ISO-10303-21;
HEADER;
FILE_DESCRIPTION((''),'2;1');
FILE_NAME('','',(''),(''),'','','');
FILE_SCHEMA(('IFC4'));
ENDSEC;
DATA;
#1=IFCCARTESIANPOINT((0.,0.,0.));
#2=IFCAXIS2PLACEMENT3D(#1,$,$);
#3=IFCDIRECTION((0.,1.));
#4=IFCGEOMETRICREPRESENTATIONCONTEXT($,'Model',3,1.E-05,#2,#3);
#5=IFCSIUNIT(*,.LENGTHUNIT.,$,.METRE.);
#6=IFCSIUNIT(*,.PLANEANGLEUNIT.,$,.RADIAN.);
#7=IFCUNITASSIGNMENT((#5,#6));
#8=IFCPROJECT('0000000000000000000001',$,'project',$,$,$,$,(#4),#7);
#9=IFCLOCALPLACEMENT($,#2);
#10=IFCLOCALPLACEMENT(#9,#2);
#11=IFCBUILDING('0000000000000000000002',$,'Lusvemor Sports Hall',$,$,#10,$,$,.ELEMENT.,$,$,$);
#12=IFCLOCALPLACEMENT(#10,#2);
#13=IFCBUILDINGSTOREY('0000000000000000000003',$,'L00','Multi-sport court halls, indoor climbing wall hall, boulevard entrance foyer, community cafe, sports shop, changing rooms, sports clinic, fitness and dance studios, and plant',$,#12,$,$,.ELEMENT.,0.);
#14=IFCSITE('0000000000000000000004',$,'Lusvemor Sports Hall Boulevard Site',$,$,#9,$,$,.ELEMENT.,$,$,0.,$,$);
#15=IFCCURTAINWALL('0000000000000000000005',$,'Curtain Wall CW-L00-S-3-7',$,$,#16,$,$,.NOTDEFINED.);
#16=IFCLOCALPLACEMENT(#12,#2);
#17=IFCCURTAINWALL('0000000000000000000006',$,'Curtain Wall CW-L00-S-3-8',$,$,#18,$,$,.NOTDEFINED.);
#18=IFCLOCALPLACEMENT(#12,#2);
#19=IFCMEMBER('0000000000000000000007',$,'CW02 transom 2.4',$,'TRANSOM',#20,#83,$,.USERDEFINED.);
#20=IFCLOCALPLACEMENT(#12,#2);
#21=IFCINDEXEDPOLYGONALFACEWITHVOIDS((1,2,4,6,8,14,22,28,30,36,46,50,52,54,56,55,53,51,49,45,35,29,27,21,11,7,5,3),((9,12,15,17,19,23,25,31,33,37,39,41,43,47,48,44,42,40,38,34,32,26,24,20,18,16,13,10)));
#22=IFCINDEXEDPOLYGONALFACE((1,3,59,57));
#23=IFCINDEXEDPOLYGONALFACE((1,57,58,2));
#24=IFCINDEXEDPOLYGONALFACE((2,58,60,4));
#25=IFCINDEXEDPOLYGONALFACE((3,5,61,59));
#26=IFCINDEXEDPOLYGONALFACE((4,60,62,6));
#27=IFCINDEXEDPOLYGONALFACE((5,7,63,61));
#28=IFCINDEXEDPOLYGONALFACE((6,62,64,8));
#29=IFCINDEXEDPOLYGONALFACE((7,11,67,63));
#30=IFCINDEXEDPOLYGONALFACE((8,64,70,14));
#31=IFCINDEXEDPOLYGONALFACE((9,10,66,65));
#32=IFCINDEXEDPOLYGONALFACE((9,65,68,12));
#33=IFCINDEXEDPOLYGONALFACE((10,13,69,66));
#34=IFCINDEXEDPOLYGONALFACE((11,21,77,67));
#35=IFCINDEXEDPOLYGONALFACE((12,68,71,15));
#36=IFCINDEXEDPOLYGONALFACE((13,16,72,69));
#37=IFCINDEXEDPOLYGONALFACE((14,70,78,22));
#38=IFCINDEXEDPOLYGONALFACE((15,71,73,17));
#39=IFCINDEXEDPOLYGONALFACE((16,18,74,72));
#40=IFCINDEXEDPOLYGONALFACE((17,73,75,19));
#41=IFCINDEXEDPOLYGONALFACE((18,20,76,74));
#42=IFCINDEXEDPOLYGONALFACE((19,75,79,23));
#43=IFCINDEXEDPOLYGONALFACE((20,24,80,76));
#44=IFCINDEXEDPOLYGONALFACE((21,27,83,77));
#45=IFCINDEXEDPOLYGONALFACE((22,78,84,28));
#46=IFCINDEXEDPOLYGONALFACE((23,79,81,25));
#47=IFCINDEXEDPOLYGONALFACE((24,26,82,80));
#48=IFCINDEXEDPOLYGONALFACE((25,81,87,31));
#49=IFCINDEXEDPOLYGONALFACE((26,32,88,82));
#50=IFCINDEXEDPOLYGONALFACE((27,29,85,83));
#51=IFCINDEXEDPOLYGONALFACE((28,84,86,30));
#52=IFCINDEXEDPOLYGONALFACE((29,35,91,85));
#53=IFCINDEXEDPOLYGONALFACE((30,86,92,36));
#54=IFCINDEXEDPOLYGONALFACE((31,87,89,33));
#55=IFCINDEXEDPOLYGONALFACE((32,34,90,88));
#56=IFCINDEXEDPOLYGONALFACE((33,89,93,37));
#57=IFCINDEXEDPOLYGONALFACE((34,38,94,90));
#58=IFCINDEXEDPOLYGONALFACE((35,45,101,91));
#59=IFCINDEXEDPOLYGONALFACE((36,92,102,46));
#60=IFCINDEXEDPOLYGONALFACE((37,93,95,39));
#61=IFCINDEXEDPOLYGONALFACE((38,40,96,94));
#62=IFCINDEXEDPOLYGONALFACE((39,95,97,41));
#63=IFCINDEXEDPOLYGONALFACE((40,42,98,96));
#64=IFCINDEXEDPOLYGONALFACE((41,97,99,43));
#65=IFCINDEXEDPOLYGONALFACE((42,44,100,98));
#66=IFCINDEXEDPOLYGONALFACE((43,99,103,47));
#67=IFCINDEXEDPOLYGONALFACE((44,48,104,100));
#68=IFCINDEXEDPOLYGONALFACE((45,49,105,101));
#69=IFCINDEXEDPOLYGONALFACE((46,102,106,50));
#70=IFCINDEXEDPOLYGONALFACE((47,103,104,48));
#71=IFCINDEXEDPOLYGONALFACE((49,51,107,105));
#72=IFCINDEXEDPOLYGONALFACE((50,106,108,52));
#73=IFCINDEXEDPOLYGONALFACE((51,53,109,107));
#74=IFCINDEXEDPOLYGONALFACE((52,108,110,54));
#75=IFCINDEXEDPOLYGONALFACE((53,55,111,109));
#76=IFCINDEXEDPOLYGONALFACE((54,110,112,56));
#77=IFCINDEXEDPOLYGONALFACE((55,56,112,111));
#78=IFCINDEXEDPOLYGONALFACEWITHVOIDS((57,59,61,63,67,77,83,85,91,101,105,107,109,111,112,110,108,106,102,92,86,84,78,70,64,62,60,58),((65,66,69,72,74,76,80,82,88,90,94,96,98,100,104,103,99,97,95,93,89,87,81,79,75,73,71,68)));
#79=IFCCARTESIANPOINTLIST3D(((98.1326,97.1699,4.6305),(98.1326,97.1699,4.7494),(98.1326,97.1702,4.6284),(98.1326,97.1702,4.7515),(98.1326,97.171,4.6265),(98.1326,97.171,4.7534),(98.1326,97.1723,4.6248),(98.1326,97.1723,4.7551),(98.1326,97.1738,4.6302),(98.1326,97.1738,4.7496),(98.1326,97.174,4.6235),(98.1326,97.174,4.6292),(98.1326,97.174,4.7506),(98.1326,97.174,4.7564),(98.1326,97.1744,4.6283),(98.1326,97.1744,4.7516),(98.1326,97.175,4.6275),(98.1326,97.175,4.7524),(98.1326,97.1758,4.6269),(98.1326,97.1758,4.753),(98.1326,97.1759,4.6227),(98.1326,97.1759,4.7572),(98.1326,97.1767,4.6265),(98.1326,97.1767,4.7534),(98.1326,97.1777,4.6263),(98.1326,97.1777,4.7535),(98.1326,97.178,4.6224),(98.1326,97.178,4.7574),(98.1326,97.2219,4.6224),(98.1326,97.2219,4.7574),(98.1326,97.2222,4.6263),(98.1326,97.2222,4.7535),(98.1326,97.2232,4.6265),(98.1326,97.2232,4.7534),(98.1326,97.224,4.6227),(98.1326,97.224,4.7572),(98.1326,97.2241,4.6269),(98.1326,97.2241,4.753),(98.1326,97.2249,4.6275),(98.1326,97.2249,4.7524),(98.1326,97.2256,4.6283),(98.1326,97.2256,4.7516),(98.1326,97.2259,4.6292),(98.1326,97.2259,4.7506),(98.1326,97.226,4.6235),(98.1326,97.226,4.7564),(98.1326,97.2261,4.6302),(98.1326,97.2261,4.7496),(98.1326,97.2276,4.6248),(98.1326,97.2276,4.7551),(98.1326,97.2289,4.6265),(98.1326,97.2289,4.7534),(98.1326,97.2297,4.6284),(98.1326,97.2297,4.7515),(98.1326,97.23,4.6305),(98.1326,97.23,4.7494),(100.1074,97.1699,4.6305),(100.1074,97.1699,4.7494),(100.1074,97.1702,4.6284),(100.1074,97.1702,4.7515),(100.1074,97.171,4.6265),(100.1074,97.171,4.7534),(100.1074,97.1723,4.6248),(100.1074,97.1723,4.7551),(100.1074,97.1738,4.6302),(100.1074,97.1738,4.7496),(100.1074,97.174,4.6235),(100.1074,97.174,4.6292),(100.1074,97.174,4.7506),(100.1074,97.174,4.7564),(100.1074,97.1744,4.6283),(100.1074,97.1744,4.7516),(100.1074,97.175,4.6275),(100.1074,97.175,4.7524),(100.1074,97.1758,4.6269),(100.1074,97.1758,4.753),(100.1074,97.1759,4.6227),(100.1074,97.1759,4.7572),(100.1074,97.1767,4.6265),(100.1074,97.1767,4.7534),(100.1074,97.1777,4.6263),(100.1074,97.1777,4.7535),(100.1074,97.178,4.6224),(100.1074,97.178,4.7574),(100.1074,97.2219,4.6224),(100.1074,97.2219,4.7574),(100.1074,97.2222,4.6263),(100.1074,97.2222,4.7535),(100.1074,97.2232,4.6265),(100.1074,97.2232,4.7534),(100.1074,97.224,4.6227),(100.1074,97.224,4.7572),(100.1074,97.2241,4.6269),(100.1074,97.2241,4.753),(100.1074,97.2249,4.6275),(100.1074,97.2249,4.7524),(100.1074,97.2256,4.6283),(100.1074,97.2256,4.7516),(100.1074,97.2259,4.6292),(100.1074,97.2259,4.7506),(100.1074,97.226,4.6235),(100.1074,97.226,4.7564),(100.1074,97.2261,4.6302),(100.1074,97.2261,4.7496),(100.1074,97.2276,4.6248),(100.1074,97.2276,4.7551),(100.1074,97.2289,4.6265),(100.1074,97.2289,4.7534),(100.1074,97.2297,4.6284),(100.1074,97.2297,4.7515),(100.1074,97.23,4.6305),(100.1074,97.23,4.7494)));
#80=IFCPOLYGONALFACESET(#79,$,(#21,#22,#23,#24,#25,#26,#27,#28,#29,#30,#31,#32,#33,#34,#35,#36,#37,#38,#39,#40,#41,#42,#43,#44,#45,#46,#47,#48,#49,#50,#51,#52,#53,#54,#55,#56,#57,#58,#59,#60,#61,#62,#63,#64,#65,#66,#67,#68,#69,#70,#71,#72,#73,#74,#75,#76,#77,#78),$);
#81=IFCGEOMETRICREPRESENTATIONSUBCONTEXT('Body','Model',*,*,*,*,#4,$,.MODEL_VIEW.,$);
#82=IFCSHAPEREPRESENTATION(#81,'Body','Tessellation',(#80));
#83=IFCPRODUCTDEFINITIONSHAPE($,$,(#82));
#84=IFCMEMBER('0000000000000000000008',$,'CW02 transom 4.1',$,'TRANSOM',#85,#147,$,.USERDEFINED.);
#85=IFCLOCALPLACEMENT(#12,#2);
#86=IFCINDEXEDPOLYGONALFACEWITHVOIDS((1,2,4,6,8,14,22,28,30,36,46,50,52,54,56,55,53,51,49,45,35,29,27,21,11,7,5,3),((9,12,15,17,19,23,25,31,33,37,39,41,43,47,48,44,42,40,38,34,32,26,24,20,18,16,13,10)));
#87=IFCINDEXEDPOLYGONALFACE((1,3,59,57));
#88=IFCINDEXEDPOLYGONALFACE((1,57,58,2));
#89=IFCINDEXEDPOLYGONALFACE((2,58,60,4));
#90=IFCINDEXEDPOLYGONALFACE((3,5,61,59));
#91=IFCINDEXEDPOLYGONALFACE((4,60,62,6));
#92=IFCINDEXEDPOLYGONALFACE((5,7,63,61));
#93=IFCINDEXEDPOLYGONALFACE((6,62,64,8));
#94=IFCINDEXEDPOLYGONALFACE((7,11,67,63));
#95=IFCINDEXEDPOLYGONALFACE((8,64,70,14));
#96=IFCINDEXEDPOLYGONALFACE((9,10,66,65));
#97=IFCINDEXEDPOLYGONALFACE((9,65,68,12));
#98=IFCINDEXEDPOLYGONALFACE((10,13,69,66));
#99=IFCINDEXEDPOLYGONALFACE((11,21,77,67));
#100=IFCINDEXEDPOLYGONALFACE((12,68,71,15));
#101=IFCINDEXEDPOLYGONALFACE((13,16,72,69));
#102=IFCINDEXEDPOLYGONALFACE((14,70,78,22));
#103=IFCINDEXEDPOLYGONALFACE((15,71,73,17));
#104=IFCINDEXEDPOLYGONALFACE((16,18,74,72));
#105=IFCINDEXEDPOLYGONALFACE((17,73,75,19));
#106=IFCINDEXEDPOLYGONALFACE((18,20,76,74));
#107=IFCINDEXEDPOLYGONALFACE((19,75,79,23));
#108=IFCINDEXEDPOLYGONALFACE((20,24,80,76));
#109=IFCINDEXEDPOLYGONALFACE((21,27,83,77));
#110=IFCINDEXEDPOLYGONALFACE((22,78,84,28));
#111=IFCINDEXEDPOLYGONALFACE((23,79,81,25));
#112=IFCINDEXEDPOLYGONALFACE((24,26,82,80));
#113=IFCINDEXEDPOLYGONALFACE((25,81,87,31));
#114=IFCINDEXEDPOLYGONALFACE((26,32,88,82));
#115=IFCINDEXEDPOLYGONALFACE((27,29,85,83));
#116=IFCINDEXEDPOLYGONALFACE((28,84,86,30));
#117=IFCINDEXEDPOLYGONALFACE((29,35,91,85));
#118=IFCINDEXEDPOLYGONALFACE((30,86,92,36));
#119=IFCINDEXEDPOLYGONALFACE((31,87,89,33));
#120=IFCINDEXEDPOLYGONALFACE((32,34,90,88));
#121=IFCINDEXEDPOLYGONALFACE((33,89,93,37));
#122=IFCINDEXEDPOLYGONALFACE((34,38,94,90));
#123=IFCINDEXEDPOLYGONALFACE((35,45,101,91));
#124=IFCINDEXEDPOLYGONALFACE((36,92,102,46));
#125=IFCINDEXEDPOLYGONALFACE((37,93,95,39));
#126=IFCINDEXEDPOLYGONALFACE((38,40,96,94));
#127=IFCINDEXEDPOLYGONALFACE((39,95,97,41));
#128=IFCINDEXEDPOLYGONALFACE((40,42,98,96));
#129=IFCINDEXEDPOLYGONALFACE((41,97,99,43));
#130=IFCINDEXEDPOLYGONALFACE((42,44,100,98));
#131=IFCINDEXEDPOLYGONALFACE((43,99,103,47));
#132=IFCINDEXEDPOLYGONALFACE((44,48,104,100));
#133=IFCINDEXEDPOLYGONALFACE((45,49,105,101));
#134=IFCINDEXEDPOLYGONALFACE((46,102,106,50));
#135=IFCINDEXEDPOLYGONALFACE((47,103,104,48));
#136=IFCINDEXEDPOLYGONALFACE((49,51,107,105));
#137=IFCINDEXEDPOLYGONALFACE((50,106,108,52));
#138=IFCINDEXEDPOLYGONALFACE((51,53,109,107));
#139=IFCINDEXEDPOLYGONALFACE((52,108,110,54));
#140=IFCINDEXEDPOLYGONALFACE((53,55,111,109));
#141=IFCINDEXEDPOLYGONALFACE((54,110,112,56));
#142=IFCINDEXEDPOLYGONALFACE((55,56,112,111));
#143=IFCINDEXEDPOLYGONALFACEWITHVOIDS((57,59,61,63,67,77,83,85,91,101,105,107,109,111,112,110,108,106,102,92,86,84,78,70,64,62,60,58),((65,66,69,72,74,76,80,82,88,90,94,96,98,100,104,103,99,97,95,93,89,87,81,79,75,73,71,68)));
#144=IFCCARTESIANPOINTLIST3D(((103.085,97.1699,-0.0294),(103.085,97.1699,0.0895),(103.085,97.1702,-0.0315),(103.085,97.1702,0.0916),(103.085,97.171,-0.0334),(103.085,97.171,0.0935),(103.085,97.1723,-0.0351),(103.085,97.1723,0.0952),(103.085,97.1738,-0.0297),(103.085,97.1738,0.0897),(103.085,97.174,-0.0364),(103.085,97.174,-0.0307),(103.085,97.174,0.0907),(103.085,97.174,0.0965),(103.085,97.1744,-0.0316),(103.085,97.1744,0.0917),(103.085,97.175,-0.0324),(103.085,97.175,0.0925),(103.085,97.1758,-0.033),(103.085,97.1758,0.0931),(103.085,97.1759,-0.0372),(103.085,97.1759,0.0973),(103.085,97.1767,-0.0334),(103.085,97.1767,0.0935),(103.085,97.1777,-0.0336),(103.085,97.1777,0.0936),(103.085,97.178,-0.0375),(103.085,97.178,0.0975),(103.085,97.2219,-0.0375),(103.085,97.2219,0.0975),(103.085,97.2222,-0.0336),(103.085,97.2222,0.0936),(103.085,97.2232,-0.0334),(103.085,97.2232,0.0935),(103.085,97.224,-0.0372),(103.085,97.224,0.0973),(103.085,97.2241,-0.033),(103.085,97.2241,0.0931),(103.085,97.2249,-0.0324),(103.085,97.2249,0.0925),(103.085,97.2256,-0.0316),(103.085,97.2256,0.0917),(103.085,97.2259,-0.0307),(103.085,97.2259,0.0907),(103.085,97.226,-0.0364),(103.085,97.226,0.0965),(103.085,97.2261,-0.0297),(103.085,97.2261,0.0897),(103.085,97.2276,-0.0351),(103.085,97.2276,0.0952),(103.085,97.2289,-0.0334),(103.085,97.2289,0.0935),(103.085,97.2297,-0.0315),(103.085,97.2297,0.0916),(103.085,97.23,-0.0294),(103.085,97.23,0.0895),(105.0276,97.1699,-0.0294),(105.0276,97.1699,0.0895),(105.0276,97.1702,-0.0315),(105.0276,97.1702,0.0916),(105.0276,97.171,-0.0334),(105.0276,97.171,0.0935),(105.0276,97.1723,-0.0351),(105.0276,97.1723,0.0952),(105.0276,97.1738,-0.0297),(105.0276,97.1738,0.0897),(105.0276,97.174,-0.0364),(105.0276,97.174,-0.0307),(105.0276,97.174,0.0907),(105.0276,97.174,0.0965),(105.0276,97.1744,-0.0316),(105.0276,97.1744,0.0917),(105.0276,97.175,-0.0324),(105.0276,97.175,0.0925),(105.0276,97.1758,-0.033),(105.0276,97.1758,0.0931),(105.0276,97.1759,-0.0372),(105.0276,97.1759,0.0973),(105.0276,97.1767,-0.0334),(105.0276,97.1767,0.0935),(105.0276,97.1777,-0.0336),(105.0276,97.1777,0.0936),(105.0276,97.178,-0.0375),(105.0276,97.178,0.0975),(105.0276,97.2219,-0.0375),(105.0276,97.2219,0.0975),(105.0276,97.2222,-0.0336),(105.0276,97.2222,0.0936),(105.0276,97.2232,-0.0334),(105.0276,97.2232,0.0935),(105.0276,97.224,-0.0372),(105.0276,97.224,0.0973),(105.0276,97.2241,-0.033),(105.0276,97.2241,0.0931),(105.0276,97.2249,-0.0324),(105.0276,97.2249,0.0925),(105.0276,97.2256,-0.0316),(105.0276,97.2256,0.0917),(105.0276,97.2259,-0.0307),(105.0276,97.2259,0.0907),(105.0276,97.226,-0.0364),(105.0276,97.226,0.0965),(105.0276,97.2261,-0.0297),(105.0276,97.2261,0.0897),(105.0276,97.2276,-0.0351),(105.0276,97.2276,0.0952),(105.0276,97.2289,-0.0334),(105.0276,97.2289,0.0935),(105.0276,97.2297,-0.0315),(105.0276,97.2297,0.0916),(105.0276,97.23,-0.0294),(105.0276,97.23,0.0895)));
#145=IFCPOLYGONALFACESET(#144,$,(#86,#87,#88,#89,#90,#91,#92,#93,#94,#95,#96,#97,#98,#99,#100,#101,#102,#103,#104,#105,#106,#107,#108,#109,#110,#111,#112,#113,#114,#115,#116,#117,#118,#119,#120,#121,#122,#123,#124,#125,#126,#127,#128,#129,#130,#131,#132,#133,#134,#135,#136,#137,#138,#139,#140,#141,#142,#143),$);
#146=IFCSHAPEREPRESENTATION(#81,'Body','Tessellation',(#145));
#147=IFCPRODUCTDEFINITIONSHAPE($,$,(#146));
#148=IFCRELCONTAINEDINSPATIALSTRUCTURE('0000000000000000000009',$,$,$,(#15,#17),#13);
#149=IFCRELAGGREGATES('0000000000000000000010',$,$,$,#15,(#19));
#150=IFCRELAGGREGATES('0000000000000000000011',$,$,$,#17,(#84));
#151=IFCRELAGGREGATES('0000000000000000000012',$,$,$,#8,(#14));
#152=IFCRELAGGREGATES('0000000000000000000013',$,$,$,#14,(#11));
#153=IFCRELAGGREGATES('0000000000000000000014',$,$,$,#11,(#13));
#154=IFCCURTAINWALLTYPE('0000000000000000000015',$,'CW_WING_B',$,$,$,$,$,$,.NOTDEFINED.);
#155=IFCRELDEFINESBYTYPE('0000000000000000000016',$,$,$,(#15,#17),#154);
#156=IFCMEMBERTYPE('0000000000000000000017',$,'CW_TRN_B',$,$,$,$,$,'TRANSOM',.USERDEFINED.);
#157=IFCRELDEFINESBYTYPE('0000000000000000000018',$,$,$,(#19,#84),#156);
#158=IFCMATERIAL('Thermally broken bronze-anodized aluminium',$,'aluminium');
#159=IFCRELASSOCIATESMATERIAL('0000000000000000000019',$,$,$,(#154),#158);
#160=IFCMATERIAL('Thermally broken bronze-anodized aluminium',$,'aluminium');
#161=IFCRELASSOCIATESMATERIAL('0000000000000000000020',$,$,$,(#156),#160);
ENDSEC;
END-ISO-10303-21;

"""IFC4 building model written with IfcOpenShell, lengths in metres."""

from ifc_helpers import new_model, si_unit, direction, frame, origin, origin_2d, place, context, subcontext, project, spatial, hollow_rectangle, extrude, material, material_profile, profile_set, type_object, element, aggregate, save


model = new_model("IFC4")

# Units and contexts
model_context = context("Model", 3, precision=1e-05, world=origin(), true_north=direction((0.0, 1.0)))
body_context = subcontext(model_context, "Body", "Model", "MODEL_VIEW")
ifc_project = project(units=[si_unit("LENGTHUNIT", "METRE"), si_unit("PLANEANGLEUNIT", "RADIAN")], contexts=[model_context])

# Site, building, storey
site_placement = place(None, origin())
site = spatial("IfcSite", under=ifc_project, at=site_placement, Name="Lusvemor Sports Hall Boulevard Site", CompositionType="ELEMENT", RefElevation=0.0)
building_placement = place(site_placement, origin())
building = spatial("IfcBuilding", under=site, at=building_placement, Name="Lusvemor Sports Hall", CompositionType="ELEMENT")
storey_placement = place(building_placement, origin())
storey = spatial("IfcBuildingStorey", under=building, at=storey_placement, Name="L00", Description="Multi-sport court halls, indoor climbing wall hall, boulevard entrance foyer, community cafe, sports shop, changing rooms, sports clinic, fitness and dance studios, and plant", CompositionType="ELEMENT", Elevation=0.0)

# Curtain walls
ifc_material_1 = material(Name="Thermally broken bronze-anodized aluminium", Category="aluminium")
curtain_wall_type = type_object("IfcCurtainWallType", Name="CW_WING_B", PredefinedType="NOTDEFINED", material=ifc_material_1)
curtain_wall_1_placement = place(storey_placement, origin())
curtain_wall_1 = element("IfcCurtainWall", 1, at=curtain_wall_1_placement, inside=storey, type_object=curtain_wall_type, Name="Curtain Wall CW-L00-S-3-7", PredefinedType="NOTDEFINED")
curtain_wall_2_placement = place(storey_placement, origin())
curtain_wall_2 = element("IfcCurtainWall", 2, at=curtain_wall_2_placement, inside=storey, type_object=curtain_wall_type, Name="Curtain Wall CW-L00-S-3-8", PredefinedType="NOTDEFINED")

# Members
ifc_material_2 = material(Name="Thermally broken bronze-anodized aluminium", Category="aluminium")
ifc_material_profile_1 = material_profile(ifc_material_2, hollow_rectangle(XDim=0.0601, YDim=0.135, WallThickness=0.0039, InnerFilletRadius=0.0039, OuterFilletRadius=0.0081, at=origin_2d()), Name="CWTRN135x60x4")
ifc_profile_set_1 = profile_set([ifc_material_profile_1], Name="Thermally broken bronze-anodized aluminium")
member_type_1 = type_object("IfcMemberType", Name="CW_TRN_B", ElementType="TRANSOM", PredefinedType="USERDEFINED", material=ifc_profile_set_1)
member_1_placement = place(storey_placement, frame((100.1074, 97.2, 4.6899), z_axis=(-1.0, 0.0, 0.0), x_axis=(0.0, -1.0, 0.0)))
member_1 = element("IfcMember", 3, at=member_1_placement, type_object=member_type_1, Name="CW02 transom 2.4", ObjectType="TRANSOM", PredefinedType="USERDEFINED", context=body_context, shape_type="SweptSolid", body=[
    extrude(hollow_rectangle(XDim=0.0601, YDim=0.135, WallThickness=0.0039, InnerFilletRadius=0.0039, OuterFilletRadius=0.0081, at=origin_2d()), origin(), (0.0, 0.0, 1.0), 1.9749),
])
member_2_placement = place(storey_placement, frame((105.0276, 97.2, 0.03), z_axis=(-1.0, 0.0, 0.0), x_axis=(0.0, -1.0, 0.0)))
member_2 = element("IfcMember", 4, at=member_2_placement, type_object=member_type_1, Name="CW02 transom 4.1", ObjectType="TRANSOM", PredefinedType="USERDEFINED", context=body_context, shape_type="SweptSolid", body=[
    extrude(hollow_rectangle(XDim=0.0601, YDim=0.135, WallThickness=0.0039, InnerFilletRadius=0.0039, OuterFilletRadius=0.0081, at=origin_2d()), origin(), (0.0, 0.0, 1.0), 1.9426),
])

aggregate(curtain_wall_1, [member_1])
aggregate(curtain_wall_2, [member_2])

save(model, "model.ifc")
